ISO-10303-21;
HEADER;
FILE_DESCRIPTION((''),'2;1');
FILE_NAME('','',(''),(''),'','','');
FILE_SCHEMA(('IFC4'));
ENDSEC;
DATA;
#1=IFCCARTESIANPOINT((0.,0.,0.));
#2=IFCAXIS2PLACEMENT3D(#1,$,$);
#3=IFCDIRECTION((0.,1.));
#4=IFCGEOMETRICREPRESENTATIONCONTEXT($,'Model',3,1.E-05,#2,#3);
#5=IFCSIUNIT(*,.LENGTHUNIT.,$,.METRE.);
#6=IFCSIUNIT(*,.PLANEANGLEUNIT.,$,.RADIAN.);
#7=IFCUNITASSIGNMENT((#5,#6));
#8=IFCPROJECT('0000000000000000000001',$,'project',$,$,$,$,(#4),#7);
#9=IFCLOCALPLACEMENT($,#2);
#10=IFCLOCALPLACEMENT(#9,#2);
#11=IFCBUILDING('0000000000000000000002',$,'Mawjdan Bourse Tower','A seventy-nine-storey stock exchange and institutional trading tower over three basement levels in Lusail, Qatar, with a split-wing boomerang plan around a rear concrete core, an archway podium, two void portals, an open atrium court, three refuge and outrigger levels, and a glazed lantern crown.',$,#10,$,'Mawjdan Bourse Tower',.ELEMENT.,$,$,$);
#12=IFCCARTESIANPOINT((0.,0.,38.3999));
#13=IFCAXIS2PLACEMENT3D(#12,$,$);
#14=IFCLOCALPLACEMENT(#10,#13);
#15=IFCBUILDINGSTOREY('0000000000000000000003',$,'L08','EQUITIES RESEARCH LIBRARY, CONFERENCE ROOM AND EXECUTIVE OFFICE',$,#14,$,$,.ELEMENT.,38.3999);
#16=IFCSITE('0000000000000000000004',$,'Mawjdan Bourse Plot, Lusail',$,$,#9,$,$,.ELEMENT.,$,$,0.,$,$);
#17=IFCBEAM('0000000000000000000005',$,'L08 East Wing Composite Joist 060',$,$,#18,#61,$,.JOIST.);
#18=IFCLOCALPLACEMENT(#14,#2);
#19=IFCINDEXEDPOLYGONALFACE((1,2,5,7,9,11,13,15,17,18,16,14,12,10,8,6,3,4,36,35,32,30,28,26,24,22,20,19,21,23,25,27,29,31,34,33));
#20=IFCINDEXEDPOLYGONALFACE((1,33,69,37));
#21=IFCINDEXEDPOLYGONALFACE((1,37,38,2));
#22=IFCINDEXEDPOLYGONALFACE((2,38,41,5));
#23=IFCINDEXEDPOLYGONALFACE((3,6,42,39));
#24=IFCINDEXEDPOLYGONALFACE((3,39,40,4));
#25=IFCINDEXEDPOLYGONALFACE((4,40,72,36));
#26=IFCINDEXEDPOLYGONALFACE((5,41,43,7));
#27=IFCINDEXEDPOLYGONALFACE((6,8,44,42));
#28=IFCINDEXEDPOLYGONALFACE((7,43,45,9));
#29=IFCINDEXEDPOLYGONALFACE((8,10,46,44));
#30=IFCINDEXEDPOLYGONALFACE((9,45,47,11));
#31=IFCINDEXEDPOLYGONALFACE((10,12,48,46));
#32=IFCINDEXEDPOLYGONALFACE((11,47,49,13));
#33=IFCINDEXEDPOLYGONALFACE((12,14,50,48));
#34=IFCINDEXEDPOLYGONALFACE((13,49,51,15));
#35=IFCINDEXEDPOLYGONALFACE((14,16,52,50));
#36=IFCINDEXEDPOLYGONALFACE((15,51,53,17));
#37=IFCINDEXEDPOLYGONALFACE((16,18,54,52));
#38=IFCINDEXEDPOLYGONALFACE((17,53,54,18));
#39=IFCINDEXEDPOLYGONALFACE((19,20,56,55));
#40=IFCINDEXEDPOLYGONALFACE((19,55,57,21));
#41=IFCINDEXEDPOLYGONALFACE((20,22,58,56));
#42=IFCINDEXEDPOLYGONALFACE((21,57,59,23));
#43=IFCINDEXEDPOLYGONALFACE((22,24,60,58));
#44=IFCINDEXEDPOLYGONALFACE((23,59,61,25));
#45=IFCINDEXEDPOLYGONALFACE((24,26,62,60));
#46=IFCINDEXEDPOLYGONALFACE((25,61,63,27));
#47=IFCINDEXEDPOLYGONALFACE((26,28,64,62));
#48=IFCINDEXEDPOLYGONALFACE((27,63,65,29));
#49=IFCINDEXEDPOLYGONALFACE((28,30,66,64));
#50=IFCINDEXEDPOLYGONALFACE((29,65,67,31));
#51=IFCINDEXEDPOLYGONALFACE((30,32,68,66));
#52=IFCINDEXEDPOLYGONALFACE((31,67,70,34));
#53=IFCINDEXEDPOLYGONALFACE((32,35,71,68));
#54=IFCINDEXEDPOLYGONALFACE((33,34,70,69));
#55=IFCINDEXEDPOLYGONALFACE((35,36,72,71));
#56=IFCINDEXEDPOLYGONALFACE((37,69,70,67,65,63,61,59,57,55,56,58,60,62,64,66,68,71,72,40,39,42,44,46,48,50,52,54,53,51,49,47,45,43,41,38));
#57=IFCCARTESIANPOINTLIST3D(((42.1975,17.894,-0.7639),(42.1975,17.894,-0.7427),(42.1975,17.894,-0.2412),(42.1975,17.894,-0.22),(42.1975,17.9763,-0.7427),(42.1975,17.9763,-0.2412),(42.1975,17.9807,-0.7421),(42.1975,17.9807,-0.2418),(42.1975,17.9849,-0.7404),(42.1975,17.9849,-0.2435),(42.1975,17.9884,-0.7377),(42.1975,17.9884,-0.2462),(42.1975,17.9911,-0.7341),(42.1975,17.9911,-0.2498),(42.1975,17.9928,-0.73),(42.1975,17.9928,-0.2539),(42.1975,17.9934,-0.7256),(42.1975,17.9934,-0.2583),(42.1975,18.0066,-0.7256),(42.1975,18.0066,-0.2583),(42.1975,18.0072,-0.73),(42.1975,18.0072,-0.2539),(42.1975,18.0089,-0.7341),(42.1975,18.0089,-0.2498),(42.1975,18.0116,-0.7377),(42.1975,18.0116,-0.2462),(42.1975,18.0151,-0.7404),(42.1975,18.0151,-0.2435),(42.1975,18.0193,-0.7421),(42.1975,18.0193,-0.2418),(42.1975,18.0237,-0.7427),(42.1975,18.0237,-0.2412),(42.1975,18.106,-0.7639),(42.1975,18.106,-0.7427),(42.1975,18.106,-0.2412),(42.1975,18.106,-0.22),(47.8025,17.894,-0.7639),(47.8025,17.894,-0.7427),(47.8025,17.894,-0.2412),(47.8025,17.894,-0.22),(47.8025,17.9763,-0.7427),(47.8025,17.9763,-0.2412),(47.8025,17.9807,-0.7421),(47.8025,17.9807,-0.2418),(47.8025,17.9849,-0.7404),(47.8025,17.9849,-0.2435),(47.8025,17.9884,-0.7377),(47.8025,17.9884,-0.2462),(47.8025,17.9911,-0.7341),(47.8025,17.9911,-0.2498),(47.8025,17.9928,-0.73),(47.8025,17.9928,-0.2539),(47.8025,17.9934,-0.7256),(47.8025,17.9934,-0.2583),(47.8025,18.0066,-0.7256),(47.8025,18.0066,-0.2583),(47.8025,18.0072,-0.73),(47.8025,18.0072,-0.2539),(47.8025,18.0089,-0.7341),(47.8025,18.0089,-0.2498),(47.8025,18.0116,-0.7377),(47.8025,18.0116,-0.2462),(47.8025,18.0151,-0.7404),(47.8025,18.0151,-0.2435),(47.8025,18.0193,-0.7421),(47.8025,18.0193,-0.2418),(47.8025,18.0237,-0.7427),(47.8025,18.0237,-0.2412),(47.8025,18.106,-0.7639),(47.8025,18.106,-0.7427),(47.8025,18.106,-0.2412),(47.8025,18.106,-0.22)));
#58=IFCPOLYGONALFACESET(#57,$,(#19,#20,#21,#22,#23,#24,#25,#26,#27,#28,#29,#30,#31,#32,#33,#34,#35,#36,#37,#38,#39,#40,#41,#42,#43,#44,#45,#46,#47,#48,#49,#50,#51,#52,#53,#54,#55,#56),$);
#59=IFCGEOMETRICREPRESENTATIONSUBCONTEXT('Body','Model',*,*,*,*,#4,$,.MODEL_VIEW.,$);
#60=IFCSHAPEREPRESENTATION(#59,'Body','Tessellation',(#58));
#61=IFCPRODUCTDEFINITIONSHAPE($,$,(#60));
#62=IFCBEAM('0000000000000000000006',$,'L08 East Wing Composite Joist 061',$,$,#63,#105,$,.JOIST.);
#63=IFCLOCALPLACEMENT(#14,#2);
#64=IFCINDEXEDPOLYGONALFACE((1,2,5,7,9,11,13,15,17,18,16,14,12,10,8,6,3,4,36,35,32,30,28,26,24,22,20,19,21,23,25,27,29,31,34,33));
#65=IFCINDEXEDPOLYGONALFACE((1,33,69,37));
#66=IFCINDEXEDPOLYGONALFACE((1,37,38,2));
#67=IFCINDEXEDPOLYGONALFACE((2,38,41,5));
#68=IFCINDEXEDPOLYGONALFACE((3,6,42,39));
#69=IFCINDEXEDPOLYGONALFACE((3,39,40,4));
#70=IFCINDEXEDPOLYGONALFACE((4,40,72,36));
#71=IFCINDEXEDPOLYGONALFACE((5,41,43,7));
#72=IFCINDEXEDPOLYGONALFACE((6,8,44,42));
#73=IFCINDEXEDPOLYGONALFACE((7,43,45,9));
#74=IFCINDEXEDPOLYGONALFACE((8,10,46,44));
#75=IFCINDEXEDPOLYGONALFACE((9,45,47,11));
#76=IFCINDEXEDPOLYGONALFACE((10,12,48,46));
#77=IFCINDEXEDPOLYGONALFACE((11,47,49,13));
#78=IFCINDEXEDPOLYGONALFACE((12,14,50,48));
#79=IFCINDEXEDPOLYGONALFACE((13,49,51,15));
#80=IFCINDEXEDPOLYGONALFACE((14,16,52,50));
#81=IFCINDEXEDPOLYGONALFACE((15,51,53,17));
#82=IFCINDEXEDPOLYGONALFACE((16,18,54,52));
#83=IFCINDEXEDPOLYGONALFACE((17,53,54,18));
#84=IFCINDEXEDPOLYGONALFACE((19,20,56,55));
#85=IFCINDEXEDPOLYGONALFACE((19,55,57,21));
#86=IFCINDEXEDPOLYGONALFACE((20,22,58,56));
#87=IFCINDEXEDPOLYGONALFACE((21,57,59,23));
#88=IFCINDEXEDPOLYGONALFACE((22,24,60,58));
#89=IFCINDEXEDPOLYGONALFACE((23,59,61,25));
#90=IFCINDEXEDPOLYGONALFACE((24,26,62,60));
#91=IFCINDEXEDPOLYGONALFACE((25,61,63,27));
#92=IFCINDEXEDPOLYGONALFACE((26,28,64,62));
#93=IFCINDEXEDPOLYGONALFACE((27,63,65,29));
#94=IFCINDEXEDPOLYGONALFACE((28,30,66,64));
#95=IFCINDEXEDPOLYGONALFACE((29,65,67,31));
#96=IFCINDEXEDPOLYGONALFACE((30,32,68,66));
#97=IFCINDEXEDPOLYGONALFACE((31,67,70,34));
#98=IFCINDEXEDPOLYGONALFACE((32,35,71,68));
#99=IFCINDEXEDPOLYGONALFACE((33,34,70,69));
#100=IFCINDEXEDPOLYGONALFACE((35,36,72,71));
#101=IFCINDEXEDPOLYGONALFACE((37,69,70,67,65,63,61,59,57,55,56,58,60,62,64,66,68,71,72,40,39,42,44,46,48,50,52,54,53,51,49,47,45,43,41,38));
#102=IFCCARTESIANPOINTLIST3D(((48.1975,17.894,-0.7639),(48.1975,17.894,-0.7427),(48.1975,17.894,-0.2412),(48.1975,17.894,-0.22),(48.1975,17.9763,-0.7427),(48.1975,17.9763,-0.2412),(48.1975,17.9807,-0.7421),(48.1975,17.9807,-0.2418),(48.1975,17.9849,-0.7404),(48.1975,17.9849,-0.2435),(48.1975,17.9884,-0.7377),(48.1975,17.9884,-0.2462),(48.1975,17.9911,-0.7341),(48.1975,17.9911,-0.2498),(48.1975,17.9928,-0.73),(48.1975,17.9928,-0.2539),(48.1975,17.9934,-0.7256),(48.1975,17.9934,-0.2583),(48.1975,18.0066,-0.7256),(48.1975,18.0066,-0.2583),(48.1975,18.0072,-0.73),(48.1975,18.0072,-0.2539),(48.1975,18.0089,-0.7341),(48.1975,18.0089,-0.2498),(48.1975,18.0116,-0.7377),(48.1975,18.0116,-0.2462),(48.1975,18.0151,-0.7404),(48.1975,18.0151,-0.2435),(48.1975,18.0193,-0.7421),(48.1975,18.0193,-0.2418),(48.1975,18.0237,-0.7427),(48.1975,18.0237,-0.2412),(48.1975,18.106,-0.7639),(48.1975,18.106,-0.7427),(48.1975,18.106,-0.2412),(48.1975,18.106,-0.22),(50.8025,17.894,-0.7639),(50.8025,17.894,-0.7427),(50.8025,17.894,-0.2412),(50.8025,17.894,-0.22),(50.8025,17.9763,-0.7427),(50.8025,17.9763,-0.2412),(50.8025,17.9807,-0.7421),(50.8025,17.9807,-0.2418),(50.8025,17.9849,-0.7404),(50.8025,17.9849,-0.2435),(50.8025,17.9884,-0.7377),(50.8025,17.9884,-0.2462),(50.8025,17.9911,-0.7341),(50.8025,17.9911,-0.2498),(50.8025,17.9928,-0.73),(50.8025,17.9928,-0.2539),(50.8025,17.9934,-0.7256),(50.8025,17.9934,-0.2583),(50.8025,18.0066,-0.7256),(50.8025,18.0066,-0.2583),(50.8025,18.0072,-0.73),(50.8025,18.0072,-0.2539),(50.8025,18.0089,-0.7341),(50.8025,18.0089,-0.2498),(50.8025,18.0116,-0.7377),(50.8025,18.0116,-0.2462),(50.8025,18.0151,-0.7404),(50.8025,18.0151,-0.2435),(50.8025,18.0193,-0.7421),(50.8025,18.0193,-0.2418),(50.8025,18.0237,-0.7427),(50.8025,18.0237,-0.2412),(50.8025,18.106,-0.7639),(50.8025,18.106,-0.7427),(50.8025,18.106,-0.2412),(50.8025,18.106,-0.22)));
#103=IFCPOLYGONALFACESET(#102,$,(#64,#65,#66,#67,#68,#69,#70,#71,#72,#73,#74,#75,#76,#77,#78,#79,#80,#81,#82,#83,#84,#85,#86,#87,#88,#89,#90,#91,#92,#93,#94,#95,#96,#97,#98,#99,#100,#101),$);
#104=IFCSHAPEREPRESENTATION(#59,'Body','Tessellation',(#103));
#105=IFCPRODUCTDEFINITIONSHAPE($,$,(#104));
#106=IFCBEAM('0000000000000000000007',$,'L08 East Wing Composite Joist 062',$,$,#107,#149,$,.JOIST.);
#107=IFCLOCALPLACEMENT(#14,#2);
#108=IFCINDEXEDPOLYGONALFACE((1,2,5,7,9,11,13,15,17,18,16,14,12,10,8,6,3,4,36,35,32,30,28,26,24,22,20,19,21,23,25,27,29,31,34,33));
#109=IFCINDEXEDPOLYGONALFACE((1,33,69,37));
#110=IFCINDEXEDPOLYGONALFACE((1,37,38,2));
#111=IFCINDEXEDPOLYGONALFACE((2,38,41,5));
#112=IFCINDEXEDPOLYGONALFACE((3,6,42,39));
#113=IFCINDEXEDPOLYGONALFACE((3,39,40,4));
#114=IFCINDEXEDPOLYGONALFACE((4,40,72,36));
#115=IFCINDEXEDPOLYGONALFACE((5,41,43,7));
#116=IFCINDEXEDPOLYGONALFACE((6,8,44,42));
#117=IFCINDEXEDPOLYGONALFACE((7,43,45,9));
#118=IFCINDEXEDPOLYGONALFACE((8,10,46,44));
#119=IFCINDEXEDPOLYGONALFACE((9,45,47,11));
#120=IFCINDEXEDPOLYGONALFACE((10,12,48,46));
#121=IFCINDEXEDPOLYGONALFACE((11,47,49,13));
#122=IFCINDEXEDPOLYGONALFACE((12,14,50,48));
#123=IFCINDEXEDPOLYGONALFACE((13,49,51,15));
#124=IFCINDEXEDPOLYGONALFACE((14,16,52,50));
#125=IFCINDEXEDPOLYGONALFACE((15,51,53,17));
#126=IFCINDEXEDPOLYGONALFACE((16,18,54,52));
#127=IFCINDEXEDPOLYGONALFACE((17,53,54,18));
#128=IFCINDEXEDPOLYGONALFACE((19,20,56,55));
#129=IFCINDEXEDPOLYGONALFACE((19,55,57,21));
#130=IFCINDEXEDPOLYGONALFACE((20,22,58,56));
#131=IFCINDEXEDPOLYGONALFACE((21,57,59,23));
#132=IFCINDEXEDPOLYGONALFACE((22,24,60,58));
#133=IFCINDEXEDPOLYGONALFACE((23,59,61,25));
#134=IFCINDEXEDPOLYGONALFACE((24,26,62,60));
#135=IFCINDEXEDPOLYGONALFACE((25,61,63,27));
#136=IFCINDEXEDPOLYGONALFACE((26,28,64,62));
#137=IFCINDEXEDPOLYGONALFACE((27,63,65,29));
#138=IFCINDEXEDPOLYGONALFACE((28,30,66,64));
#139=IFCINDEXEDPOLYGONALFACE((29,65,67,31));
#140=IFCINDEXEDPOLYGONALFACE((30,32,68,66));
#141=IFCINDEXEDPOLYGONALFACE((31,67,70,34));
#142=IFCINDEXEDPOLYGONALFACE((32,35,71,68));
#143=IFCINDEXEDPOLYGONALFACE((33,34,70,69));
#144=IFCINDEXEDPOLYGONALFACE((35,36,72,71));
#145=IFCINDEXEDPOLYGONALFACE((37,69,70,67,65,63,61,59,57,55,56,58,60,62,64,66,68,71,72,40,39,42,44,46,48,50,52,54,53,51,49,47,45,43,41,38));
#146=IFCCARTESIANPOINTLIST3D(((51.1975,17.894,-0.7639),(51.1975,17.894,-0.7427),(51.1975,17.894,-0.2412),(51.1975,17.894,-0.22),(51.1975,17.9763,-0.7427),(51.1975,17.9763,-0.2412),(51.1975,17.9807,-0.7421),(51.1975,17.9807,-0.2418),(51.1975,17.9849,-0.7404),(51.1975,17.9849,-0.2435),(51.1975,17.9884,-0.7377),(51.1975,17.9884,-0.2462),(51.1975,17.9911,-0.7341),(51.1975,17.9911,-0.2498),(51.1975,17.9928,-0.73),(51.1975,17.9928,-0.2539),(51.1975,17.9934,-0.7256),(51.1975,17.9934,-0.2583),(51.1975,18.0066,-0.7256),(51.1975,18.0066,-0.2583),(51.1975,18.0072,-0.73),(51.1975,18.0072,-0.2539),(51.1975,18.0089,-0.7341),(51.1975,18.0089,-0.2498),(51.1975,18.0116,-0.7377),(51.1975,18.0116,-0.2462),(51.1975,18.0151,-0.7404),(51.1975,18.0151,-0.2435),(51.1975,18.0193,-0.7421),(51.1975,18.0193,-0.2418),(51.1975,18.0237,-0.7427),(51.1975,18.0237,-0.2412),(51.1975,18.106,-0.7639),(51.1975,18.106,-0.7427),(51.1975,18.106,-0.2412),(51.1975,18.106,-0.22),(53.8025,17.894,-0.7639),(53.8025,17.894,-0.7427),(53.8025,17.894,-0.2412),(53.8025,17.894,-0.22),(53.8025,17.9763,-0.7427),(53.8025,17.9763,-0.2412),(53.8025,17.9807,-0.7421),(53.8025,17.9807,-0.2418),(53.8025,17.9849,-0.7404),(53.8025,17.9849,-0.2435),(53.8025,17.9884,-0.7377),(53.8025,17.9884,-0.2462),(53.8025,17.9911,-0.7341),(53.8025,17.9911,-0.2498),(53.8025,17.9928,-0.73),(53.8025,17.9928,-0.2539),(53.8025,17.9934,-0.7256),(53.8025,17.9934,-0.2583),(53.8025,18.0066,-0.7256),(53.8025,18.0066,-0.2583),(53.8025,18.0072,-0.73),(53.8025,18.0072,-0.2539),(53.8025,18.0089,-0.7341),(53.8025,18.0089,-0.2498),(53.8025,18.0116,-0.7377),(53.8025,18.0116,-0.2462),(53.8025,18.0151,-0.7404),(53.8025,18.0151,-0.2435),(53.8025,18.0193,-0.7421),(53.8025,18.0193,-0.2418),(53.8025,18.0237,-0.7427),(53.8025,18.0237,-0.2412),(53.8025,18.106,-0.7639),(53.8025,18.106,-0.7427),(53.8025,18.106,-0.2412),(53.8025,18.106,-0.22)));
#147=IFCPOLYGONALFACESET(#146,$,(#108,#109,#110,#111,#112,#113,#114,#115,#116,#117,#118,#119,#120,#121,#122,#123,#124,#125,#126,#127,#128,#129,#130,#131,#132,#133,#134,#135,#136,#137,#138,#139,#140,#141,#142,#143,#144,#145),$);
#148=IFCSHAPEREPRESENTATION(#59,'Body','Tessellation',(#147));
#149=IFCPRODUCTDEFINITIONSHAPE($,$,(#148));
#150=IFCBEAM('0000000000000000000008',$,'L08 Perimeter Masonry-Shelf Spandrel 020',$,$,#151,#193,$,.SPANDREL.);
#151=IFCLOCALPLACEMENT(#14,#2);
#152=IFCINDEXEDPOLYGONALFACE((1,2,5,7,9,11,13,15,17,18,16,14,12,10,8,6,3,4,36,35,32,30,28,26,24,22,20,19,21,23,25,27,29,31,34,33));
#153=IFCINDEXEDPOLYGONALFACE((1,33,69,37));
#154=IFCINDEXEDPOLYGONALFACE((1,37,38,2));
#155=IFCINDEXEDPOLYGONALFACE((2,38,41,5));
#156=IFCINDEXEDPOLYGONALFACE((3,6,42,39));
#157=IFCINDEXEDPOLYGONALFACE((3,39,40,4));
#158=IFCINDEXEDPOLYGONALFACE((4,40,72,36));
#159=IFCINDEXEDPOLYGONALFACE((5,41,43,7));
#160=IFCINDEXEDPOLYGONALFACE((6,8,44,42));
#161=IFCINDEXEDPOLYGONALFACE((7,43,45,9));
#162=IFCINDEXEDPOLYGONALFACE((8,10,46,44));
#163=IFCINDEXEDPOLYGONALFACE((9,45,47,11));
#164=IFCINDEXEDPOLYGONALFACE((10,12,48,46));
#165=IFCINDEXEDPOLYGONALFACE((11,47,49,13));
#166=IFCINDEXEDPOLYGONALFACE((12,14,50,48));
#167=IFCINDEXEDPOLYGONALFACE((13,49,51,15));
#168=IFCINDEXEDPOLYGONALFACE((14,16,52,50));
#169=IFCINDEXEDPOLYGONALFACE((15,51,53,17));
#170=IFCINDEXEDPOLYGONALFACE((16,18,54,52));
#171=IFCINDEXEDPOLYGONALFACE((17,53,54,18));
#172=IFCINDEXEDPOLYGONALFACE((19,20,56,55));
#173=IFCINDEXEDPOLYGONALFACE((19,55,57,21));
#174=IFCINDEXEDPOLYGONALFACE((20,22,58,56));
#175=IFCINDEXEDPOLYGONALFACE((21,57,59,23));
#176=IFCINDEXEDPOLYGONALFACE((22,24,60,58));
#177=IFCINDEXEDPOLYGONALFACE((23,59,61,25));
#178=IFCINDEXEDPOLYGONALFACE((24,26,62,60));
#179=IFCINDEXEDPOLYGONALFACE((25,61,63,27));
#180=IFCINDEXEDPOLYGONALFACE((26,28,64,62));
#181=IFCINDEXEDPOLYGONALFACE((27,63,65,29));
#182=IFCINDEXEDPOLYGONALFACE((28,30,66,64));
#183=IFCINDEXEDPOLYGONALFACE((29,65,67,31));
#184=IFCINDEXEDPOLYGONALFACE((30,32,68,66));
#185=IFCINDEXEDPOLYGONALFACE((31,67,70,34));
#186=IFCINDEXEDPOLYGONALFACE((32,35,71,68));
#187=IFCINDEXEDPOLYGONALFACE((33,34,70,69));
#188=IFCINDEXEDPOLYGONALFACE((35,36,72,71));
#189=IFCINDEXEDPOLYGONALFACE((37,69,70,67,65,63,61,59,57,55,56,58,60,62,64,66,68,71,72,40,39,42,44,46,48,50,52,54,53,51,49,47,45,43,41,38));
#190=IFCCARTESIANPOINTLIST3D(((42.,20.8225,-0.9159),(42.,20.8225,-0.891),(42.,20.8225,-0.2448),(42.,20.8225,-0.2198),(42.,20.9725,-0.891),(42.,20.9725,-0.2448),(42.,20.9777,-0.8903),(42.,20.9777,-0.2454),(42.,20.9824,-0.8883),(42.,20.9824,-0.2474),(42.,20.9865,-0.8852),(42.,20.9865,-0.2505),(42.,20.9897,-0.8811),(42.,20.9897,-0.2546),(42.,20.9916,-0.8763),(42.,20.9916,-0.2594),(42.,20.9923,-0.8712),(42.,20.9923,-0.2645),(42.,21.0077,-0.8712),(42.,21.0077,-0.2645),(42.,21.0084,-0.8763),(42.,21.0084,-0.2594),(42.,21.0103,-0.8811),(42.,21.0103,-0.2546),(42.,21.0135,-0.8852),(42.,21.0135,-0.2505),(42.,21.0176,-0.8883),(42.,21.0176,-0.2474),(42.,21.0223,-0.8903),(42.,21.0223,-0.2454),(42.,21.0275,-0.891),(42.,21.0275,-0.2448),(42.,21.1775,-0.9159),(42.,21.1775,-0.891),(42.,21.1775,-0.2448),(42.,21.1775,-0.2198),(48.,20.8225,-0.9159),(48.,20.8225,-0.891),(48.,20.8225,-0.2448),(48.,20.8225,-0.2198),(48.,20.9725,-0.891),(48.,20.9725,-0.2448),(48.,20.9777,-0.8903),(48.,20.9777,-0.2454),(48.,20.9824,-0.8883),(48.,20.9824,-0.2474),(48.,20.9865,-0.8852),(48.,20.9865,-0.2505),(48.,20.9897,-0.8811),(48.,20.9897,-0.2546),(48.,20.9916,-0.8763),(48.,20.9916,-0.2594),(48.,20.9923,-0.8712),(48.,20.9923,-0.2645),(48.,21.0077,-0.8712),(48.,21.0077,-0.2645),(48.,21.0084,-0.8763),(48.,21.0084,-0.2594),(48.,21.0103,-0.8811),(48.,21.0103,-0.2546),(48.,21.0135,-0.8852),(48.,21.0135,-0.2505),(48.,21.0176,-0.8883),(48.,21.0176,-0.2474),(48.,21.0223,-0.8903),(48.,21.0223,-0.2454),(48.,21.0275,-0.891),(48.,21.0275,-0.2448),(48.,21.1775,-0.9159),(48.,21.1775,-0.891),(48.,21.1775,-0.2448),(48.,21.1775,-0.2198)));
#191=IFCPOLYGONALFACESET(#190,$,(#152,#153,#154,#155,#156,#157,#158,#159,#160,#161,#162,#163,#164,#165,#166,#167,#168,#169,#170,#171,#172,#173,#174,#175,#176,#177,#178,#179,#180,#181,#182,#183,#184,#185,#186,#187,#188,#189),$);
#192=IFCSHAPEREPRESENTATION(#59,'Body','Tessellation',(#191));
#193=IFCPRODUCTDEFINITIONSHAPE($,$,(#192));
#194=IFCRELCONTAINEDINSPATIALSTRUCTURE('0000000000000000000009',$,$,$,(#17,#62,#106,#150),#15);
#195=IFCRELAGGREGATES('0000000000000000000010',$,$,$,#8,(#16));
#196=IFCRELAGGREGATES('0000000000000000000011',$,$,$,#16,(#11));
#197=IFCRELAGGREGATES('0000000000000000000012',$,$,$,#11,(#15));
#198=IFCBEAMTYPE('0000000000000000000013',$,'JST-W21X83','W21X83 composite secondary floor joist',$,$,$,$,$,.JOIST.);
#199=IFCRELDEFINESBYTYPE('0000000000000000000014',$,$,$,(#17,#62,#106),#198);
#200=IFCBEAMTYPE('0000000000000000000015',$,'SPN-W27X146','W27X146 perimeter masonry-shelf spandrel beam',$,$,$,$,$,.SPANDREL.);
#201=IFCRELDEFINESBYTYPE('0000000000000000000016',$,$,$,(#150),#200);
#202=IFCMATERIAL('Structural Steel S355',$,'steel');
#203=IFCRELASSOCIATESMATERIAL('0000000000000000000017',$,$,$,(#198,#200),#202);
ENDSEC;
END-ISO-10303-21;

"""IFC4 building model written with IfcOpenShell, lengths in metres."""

from ifc_helpers import new_model, si_unit, direction, frame, origin, origin_2d, place, context, subcontext, project, spatial, i_section, extrude, material, material_profile, profile_set, type_object, element, save


model = new_model("IFC4")

# Units and contexts
model_context = context("Model", 3, precision=1e-05, world=origin(), true_north=direction((0.0, 1.0)))
body_context = subcontext(model_context, "Body", "Model", "MODEL_VIEW")
ifc_project = project(units=[si_unit("LENGTHUNIT", "METRE"), si_unit("PLANEANGLEUNIT", "RADIAN")], contexts=[model_context])

# Site, building, storey
site_placement = place(None, origin())
site = spatial("IfcSite", under=ifc_project, at=site_placement, Name="Mawjdan Bourse Plot, Lusail", CompositionType="ELEMENT", RefElevation=0.0)
building_placement = place(site_placement, origin())
building = spatial("IfcBuilding", under=site, at=building_placement, Name="Mawjdan Bourse Tower", Description="A seventy-nine-storey stock exchange and institutional trading tower over three basement levels in Lusail, Qatar, with a split-wing boomerang plan around a rear concrete core, an archway podium, two void portals, an open atrium court, three refuge and outrigger levels, and a glazed lantern crown.", LongName="Mawjdan Bourse Tower", CompositionType="ELEMENT")
storey_placement = place(building_placement, frame((0.0, 0.0, 38.3999)))
storey = spatial("IfcBuildingStorey", under=building, at=storey_placement, Name="L08", Description="EQUITIES RESEARCH LIBRARY, CONFERENCE ROOM AND EXECUTIVE OFFICE", CompositionType="ELEMENT", Elevation=38.3999)

# Beams
ifc_material_1 = material(Name="Structural Steel S355", Category="steel")
ifc_material_profile_1 = material_profile(ifc_material_1, i_section(OverallWidth=0.2119, OverallDepth=0.5439, WebThickness=0.0132, FlangeThickness=0.0212, FilletRadius=0.0171, at=origin_2d()), Name="W21X83")
ifc_profile_set_1 = profile_set([ifc_material_profile_1], Name="Structural Steel S355")
beam_type_1 = type_object("IfcBeamType", Name="JST-W21X83", Description="W21X83 composite secondary floor joist", PredefinedType="JOIST", material=ifc_profile_set_1)
beam_1_placement = place(storey_placement, frame((42.1975, 18.0, -0.4919), z_axis=(1.0, 0.0, 0.0), x_axis=(0.0, 1.0, 0.0)))
element("IfcBeam", 1, at=beam_1_placement, inside=storey, type_object=beam_type_1, Name="L08 East Wing Composite Joist 060", PredefinedType="JOIST", context=body_context, shape_type="SweptSolid", body=[
    extrude(i_section(OverallWidth=0.2119, OverallDepth=0.5439, WebThickness=0.0132, FlangeThickness=0.0212, FilletRadius=0.0171, at=origin_2d()), origin(), (0.0, 0.0, 1.0), 5.605),
])
for number, where, z_axis, x_axis, name in (
    (2, (48.1975, 18.0, -0.4919), (1.0, 0.0, 0.0), (0.0, 1.0, 0.0), "L08 East Wing Composite Joist 061"),
    (3, (51.1975, 18.0, -0.4919), (1.0, 0.0, 0.0), (0.0, 1.0, 0.0), "L08 East Wing Composite Joist 062"),
):
    element("IfcBeam", number, at=place(storey_placement, frame(where, z_axis=z_axis, x_axis=x_axis)), inside=storey, type_object=beam_type_1, Name=name, PredefinedType="JOIST", context=body_context, shape_type="SweptSolid", body=[
        extrude(i_section(OverallWidth=0.2119, OverallDepth=0.5439, WebThickness=0.0132, FlangeThickness=0.0212, FilletRadius=0.0171, at=origin_2d()), origin(), (0.0, 0.0, 1.0), 2.605),
    ])
ifc_material_profile_2 = material_profile(ifc_material_1, i_section(OverallWidth=0.355, OverallDepth=0.696, WebThickness=0.0154, FlangeThickness=0.0249, FilletRadius=0.0198, at=origin_2d()), Name="W27X146")
ifc_profile_set_2 = profile_set([ifc_material_profile_2], Name="Structural Steel S355")
beam_type_2 = type_object("IfcBeamType", Name="SPN-W27X146", Description="W27X146 perimeter masonry-shelf spandrel beam", PredefinedType="SPANDREL", material=ifc_profile_set_2)
beam_2_placement = place(storey_placement, frame((42.0, 21.0, -0.5679), z_axis=(1.0, 0.0, 0.0), x_axis=(0.0, 1.0, 0.0)))
element("IfcBeam", 4, at=beam_2_placement, inside=storey, type_object=beam_type_2, Name="L08 Perimeter Masonry-Shelf Spandrel 020", PredefinedType="SPANDREL", context=body_context, shape_type="SweptSolid", body=[
    extrude(i_section(OverallWidth=0.355, OverallDepth=0.696, WebThickness=0.0154, FlangeThickness=0.0249, FilletRadius=0.0198, at=origin_2d()), origin(), (0.0, 0.0, 1.0), 6.0),
])

save(model, "model.ifc")
